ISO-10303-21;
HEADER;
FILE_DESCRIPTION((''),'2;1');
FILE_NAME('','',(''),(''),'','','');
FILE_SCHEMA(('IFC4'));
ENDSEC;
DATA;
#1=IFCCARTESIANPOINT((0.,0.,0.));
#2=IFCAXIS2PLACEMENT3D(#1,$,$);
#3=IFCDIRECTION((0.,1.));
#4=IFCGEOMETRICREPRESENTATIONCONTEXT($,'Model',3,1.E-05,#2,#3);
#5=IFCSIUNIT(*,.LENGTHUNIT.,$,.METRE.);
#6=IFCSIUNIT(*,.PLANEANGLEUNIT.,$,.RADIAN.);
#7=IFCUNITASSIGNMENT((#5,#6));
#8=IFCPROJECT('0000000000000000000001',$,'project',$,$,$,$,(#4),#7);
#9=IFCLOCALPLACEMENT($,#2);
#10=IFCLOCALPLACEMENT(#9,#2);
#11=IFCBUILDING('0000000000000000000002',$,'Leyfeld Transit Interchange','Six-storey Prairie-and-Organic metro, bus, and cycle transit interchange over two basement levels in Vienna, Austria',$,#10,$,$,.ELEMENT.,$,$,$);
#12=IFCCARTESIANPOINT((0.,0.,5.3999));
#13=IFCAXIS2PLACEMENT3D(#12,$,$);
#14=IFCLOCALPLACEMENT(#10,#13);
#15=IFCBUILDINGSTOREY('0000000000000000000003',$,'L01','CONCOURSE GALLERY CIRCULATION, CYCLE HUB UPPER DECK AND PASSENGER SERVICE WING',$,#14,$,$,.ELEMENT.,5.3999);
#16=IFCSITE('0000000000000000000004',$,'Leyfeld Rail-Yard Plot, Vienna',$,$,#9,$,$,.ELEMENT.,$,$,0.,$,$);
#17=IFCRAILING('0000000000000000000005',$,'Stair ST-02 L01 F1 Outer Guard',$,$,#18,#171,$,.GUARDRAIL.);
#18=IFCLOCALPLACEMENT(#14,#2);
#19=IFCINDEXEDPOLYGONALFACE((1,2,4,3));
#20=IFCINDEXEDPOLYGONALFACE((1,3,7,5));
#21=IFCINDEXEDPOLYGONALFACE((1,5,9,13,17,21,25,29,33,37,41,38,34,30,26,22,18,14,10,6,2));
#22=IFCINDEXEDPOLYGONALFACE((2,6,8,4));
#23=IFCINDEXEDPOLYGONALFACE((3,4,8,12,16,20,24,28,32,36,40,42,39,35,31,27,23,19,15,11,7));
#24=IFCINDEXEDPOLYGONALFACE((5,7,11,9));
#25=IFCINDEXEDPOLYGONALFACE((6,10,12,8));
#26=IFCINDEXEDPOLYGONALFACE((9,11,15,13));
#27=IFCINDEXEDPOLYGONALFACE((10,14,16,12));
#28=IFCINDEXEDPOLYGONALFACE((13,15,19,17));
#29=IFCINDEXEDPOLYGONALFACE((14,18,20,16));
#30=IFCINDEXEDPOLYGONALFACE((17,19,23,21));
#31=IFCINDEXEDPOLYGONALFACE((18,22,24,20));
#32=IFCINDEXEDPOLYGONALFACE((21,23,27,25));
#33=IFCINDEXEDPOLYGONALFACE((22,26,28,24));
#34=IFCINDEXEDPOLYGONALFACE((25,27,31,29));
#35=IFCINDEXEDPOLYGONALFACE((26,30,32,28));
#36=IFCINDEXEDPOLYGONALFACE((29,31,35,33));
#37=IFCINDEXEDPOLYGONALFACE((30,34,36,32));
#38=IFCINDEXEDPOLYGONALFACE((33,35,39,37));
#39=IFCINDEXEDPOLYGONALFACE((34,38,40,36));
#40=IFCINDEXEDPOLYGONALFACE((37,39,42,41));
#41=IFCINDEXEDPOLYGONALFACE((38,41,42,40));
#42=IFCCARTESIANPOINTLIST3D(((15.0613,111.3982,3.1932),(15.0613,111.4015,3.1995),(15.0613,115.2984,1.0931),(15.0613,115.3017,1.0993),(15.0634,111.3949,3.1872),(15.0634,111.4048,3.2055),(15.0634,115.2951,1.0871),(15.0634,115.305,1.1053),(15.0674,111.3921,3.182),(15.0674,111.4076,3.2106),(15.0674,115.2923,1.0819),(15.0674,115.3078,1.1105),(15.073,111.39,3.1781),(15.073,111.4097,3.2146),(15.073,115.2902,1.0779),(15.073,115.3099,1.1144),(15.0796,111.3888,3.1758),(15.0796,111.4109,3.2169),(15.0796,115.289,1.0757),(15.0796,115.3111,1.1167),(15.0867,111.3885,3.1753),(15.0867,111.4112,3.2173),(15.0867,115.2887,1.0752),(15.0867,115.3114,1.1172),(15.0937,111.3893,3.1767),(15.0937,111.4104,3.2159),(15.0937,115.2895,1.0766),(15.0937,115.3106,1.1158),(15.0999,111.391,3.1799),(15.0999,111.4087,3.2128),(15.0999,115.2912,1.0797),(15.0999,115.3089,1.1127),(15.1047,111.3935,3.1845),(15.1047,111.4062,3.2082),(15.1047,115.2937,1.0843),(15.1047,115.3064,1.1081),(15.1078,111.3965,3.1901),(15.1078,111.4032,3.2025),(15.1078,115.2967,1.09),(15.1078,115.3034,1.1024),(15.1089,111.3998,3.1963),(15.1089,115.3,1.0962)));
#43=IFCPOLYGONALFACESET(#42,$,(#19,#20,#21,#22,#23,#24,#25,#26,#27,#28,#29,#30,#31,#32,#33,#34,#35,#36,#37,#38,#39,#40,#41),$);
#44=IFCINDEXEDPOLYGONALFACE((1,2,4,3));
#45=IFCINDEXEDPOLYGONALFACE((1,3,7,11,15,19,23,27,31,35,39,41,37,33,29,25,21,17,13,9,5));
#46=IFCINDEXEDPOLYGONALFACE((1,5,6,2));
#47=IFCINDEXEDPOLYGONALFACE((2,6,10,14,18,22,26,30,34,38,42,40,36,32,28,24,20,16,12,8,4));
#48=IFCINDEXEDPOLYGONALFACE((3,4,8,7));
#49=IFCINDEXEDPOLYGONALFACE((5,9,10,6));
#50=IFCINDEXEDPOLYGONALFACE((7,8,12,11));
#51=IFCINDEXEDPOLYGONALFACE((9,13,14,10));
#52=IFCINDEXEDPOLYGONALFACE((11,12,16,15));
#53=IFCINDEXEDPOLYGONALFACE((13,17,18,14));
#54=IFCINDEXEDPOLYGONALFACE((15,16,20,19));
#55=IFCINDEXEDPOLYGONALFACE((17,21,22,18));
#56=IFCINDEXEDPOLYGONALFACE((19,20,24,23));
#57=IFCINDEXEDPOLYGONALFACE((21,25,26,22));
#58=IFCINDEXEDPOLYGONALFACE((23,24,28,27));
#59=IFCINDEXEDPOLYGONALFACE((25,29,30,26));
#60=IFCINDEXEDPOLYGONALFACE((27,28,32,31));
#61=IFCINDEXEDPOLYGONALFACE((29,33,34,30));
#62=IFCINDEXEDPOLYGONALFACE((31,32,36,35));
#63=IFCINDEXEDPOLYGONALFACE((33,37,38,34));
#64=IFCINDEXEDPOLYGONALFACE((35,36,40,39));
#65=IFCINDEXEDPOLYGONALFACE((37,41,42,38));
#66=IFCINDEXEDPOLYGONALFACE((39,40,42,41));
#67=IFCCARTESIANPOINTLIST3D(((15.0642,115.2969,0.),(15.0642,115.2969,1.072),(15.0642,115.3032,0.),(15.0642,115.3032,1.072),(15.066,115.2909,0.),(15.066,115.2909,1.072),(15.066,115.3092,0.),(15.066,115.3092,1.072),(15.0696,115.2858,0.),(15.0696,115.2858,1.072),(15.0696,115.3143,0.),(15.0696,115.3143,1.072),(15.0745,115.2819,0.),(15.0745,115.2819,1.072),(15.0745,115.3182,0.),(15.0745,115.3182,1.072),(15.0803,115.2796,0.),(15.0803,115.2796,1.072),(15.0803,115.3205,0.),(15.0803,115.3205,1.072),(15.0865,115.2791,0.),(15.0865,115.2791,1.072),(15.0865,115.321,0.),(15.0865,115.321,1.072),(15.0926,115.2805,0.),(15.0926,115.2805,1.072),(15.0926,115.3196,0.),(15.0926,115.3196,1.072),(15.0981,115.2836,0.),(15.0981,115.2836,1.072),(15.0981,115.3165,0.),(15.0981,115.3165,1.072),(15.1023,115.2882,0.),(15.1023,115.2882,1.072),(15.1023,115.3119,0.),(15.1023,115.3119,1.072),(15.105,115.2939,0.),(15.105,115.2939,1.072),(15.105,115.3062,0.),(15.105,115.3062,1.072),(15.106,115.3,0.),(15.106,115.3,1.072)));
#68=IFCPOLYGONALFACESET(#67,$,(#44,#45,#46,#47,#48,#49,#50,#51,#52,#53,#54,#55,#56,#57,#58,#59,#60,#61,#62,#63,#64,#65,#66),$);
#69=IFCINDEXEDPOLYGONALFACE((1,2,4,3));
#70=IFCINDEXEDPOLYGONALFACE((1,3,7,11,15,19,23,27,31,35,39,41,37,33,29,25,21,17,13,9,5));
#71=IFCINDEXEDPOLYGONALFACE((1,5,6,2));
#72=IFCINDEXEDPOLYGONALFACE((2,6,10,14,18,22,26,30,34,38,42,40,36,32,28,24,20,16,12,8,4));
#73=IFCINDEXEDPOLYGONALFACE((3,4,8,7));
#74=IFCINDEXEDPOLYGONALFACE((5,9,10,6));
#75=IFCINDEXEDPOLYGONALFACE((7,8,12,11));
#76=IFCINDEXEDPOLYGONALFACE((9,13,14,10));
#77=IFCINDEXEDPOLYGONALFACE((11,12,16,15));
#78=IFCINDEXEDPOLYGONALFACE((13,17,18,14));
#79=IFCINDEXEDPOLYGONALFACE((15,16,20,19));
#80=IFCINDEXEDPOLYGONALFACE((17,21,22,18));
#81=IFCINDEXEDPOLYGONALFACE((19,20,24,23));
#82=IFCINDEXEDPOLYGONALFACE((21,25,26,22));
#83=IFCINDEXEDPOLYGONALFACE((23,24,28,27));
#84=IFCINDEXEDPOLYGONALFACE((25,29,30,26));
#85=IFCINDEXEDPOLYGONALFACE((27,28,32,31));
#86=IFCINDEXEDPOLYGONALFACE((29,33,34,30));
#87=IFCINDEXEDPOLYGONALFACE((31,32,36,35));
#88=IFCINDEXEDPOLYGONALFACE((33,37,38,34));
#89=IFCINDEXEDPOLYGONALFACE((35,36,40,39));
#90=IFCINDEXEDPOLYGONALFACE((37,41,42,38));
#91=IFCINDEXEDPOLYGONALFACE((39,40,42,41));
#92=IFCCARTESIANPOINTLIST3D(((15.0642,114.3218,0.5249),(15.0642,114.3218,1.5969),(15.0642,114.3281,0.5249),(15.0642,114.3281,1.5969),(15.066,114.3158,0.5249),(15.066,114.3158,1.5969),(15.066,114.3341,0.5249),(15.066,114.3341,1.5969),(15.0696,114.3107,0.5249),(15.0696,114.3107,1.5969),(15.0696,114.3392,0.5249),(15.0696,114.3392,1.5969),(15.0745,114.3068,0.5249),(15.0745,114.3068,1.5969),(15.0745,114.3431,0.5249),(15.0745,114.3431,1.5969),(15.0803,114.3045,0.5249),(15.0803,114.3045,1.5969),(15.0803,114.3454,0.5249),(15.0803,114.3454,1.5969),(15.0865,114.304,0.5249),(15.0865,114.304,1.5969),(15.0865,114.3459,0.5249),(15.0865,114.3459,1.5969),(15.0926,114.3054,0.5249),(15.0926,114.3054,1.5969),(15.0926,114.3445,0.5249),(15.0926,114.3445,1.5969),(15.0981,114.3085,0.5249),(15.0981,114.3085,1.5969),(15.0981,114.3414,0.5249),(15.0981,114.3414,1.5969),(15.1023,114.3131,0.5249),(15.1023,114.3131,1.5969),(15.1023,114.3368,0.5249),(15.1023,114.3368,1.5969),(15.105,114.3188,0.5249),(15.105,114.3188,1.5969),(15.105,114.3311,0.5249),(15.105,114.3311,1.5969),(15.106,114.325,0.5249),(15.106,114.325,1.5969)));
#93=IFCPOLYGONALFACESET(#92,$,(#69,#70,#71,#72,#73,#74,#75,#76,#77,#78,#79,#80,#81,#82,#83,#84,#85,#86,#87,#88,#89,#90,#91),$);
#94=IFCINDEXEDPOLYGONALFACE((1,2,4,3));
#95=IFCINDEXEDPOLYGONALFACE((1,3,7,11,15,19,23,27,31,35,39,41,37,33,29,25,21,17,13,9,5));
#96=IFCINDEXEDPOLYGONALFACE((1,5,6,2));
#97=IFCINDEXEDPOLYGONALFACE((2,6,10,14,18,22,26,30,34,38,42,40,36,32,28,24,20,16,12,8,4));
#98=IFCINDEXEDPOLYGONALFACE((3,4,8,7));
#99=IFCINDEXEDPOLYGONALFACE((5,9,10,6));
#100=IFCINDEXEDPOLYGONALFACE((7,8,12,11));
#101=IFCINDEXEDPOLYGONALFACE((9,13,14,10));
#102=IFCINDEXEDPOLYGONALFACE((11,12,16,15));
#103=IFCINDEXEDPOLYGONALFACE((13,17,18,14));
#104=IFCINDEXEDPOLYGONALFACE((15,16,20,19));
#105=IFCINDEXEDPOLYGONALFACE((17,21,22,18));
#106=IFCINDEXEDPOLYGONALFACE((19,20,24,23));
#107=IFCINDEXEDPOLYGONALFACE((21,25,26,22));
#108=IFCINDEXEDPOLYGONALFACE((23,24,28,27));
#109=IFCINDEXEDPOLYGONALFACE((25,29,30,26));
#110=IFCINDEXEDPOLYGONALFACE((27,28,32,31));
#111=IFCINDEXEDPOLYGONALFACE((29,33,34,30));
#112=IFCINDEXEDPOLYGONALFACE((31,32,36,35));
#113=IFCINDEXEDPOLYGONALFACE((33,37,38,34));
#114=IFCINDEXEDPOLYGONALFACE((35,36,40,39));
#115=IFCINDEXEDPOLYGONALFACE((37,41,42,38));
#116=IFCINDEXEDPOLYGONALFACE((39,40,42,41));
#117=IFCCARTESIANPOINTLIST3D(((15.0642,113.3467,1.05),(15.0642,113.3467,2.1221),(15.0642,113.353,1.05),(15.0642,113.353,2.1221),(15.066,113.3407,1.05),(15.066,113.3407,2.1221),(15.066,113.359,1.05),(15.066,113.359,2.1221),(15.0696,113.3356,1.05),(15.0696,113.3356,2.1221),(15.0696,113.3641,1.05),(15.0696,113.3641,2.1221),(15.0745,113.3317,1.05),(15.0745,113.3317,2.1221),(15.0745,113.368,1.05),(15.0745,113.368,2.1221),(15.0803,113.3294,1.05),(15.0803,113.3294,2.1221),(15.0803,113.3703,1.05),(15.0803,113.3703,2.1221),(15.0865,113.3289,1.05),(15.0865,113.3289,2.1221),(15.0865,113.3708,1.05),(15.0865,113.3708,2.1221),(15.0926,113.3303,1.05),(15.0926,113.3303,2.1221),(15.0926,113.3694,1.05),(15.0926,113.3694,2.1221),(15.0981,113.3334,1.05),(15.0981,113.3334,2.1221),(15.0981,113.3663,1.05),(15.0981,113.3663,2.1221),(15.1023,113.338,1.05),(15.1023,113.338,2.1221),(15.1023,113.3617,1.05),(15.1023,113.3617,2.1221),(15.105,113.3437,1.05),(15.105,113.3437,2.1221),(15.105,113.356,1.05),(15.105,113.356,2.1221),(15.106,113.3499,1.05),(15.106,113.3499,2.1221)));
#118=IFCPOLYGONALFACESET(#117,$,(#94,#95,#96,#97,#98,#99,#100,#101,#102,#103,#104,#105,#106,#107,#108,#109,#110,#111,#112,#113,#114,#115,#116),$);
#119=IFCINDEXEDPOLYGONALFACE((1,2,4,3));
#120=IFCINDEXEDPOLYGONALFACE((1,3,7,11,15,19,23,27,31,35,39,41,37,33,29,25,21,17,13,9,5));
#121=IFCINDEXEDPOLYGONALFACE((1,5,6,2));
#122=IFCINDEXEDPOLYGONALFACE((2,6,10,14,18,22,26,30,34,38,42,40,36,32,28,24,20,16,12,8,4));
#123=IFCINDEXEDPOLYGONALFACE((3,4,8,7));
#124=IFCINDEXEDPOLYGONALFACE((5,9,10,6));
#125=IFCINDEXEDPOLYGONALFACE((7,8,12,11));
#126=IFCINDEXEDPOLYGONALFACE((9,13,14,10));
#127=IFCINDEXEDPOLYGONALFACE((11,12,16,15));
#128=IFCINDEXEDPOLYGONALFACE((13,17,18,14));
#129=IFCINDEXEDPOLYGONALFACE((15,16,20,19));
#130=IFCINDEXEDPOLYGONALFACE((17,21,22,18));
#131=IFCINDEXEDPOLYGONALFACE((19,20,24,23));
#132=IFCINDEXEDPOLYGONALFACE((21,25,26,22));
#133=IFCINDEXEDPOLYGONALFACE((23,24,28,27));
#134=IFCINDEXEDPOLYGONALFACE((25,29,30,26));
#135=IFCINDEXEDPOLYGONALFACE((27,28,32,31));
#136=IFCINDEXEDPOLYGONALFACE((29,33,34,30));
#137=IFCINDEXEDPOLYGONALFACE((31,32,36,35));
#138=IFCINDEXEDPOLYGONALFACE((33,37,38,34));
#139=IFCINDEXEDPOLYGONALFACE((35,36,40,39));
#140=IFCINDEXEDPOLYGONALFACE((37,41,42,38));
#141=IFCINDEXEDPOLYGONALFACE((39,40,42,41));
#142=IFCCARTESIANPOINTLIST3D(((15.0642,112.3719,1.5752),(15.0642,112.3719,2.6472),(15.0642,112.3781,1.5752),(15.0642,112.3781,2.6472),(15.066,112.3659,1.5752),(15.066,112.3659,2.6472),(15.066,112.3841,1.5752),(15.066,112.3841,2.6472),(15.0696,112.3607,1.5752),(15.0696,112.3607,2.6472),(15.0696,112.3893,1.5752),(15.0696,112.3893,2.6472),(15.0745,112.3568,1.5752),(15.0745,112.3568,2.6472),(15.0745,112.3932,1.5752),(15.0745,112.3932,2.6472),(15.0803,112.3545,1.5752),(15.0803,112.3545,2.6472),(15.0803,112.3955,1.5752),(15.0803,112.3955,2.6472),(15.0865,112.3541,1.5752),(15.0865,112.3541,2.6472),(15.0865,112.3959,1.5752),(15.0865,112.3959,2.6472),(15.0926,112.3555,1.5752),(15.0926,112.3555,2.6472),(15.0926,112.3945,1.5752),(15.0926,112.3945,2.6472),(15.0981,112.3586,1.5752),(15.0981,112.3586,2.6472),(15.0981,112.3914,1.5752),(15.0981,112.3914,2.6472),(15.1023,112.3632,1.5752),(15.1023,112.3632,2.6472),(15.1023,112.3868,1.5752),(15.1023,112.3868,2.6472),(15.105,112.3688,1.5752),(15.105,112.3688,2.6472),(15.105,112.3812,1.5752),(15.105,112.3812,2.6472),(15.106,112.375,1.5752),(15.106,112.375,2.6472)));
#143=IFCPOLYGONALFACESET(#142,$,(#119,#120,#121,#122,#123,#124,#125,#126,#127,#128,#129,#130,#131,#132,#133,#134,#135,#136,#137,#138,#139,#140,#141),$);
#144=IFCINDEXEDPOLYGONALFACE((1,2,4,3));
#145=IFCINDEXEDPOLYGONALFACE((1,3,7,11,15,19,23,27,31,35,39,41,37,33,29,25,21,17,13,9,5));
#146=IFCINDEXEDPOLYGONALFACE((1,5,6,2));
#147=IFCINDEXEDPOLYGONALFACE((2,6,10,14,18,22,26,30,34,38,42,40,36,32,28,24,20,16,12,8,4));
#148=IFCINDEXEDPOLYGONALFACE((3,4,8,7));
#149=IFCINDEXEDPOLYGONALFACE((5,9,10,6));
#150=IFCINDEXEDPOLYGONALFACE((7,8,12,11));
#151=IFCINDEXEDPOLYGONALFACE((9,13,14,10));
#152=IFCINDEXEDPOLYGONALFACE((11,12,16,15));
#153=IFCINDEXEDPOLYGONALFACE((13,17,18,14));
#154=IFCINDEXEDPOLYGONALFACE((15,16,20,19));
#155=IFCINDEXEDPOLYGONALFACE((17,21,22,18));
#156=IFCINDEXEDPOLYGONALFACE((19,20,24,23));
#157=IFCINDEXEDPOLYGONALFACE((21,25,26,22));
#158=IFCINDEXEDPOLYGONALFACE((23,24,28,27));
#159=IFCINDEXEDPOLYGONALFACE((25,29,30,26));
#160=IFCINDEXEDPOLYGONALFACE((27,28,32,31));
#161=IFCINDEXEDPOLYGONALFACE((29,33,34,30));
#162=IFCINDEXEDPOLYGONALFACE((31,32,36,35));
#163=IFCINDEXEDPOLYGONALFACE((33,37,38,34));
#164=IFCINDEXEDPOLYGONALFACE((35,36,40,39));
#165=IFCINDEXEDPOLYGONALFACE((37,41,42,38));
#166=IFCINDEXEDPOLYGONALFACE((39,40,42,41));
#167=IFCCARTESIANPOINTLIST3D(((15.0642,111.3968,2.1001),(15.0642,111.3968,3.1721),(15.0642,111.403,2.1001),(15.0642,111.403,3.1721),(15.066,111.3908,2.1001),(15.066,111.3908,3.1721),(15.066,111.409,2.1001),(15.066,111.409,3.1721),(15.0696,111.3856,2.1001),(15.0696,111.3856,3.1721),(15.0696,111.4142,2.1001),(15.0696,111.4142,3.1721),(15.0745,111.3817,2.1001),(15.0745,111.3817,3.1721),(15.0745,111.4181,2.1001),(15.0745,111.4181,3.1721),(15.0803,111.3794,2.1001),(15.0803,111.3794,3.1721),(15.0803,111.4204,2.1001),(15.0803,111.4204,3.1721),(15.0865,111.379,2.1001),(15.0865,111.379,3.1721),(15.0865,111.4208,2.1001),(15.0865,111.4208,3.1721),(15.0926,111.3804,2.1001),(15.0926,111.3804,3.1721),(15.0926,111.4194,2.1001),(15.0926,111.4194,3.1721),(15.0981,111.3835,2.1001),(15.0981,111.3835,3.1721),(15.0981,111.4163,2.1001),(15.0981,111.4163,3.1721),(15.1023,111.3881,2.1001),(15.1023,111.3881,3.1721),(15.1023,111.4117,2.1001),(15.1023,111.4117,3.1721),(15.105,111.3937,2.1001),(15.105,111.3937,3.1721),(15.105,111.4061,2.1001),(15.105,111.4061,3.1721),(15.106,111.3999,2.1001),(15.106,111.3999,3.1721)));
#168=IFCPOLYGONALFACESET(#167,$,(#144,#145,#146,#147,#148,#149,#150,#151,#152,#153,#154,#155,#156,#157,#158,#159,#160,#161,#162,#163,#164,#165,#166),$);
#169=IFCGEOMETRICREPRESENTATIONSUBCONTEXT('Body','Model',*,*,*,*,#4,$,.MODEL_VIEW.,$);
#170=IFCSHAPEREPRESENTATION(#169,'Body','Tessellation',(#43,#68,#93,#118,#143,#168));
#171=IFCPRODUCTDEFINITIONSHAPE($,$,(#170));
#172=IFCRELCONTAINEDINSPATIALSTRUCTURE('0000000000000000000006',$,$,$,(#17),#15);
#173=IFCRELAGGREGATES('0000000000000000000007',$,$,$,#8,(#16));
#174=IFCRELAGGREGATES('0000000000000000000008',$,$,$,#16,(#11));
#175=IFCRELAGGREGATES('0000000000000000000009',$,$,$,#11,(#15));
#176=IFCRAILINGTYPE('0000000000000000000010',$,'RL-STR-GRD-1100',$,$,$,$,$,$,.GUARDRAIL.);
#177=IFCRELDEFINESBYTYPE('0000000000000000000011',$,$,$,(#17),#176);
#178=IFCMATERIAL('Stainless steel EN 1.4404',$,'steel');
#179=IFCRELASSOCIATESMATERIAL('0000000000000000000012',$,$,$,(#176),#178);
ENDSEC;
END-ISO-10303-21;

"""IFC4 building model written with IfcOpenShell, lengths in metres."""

from ifc_helpers import new_model, si_unit, direction, frame, origin, origin_2d, place, context, subcontext, project, spatial, circle, extrude, material, type_object, element, save


model = new_model("IFC4")

# Units and contexts
model_context = context("Model", 3, precision=1e-05, world=origin(), true_north=direction((0.0, 1.0)))
body_context = subcontext(model_context, "Body", "Model", "MODEL_VIEW")
ifc_project = project(units=[si_unit("LENGTHUNIT", "METRE"), si_unit("PLANEANGLEUNIT", "RADIAN")], contexts=[model_context])

# Site, building, storey
site_placement = place(None, origin())
site = spatial("IfcSite", under=ifc_project, at=site_placement, Name="Leyfeld Rail-Yard Plot, Vienna", CompositionType="ELEMENT", RefElevation=0.0)
building_placement = place(site_placement, origin())
building = spatial("IfcBuilding", under=site, at=building_placement, Name="Leyfeld Transit Interchange", Description="Six-storey Prairie-and-Organic metro, bus, and cycle transit interchange over two basement levels in Vienna, Austria", CompositionType="ELEMENT")
storey_placement = place(building_placement, frame((0.0, 0.0, 5.3999)))
storey = spatial("IfcBuildingStorey", under=building, at=storey_placement, Name="L01", Description="CONCOURSE GALLERY CIRCULATION, CYCLE HUB UPPER DECK AND PASSENGER SERVICE WING", CompositionType="ELEMENT", Elevation=5.3999)

# Shared definitions
ifc_material_1 = material(Name="Stainless steel EN 1.4404", Category="steel")

# Railing
railing_type_1 = type_object("IfcRailingType", Name="RL-STR-GRD-1100", PredefinedType="GUARDRAIL", material=ifc_material_1)
for number, where, name in (
    (1, (15.085, 115.3, 0.0), "Stair ST-02 L01 F1 Outer Guard"),
):
    element("IfcRailing", number, at=place(storey_placement, frame(where)), inside=storey, type_object=railing_type_1, Name=name, PredefinedType="GUARDRAIL", context=body_context, shape_type="SweptSolid", body=[
        extrude(circle(Radius=0.0239, at=origin_2d()), frame((0.0, 0.0, 1.0962), z_axis=(0.0, -0.880469, 0.474103), x_axis=(1.0, 0.0, 0.0)), (0.0, 0.0, 1.0), 4.4297),
        extrude(circle(Radius=0.021, at=origin_2d()), origin(), (0.0, 0.0, 1.0), 1.072),
        extrude(circle(Radius=0.021, at=origin_2d()), frame((0.0, -0.9751, 0.5249)), (0.0, 0.0, 1.0), 1.072),
        extrude(circle(Radius=0.021, at=origin_2d()), frame((0.0, -1.9502, 1.05)), (0.0, 0.0, 1.0), 1.072),
        extrude(circle(Radius=0.021, at=origin_2d()), frame((0.0, -2.925, 1.5752)), (0.0, 0.0, 1.0), 1.072),
        extrude(circle(Radius=0.021, at=origin_2d()), frame((0.0, -3.9001, 2.1001)), (0.0, 0.0, 1.0), 1.072),
    ])

save(model, "model.ifc")
